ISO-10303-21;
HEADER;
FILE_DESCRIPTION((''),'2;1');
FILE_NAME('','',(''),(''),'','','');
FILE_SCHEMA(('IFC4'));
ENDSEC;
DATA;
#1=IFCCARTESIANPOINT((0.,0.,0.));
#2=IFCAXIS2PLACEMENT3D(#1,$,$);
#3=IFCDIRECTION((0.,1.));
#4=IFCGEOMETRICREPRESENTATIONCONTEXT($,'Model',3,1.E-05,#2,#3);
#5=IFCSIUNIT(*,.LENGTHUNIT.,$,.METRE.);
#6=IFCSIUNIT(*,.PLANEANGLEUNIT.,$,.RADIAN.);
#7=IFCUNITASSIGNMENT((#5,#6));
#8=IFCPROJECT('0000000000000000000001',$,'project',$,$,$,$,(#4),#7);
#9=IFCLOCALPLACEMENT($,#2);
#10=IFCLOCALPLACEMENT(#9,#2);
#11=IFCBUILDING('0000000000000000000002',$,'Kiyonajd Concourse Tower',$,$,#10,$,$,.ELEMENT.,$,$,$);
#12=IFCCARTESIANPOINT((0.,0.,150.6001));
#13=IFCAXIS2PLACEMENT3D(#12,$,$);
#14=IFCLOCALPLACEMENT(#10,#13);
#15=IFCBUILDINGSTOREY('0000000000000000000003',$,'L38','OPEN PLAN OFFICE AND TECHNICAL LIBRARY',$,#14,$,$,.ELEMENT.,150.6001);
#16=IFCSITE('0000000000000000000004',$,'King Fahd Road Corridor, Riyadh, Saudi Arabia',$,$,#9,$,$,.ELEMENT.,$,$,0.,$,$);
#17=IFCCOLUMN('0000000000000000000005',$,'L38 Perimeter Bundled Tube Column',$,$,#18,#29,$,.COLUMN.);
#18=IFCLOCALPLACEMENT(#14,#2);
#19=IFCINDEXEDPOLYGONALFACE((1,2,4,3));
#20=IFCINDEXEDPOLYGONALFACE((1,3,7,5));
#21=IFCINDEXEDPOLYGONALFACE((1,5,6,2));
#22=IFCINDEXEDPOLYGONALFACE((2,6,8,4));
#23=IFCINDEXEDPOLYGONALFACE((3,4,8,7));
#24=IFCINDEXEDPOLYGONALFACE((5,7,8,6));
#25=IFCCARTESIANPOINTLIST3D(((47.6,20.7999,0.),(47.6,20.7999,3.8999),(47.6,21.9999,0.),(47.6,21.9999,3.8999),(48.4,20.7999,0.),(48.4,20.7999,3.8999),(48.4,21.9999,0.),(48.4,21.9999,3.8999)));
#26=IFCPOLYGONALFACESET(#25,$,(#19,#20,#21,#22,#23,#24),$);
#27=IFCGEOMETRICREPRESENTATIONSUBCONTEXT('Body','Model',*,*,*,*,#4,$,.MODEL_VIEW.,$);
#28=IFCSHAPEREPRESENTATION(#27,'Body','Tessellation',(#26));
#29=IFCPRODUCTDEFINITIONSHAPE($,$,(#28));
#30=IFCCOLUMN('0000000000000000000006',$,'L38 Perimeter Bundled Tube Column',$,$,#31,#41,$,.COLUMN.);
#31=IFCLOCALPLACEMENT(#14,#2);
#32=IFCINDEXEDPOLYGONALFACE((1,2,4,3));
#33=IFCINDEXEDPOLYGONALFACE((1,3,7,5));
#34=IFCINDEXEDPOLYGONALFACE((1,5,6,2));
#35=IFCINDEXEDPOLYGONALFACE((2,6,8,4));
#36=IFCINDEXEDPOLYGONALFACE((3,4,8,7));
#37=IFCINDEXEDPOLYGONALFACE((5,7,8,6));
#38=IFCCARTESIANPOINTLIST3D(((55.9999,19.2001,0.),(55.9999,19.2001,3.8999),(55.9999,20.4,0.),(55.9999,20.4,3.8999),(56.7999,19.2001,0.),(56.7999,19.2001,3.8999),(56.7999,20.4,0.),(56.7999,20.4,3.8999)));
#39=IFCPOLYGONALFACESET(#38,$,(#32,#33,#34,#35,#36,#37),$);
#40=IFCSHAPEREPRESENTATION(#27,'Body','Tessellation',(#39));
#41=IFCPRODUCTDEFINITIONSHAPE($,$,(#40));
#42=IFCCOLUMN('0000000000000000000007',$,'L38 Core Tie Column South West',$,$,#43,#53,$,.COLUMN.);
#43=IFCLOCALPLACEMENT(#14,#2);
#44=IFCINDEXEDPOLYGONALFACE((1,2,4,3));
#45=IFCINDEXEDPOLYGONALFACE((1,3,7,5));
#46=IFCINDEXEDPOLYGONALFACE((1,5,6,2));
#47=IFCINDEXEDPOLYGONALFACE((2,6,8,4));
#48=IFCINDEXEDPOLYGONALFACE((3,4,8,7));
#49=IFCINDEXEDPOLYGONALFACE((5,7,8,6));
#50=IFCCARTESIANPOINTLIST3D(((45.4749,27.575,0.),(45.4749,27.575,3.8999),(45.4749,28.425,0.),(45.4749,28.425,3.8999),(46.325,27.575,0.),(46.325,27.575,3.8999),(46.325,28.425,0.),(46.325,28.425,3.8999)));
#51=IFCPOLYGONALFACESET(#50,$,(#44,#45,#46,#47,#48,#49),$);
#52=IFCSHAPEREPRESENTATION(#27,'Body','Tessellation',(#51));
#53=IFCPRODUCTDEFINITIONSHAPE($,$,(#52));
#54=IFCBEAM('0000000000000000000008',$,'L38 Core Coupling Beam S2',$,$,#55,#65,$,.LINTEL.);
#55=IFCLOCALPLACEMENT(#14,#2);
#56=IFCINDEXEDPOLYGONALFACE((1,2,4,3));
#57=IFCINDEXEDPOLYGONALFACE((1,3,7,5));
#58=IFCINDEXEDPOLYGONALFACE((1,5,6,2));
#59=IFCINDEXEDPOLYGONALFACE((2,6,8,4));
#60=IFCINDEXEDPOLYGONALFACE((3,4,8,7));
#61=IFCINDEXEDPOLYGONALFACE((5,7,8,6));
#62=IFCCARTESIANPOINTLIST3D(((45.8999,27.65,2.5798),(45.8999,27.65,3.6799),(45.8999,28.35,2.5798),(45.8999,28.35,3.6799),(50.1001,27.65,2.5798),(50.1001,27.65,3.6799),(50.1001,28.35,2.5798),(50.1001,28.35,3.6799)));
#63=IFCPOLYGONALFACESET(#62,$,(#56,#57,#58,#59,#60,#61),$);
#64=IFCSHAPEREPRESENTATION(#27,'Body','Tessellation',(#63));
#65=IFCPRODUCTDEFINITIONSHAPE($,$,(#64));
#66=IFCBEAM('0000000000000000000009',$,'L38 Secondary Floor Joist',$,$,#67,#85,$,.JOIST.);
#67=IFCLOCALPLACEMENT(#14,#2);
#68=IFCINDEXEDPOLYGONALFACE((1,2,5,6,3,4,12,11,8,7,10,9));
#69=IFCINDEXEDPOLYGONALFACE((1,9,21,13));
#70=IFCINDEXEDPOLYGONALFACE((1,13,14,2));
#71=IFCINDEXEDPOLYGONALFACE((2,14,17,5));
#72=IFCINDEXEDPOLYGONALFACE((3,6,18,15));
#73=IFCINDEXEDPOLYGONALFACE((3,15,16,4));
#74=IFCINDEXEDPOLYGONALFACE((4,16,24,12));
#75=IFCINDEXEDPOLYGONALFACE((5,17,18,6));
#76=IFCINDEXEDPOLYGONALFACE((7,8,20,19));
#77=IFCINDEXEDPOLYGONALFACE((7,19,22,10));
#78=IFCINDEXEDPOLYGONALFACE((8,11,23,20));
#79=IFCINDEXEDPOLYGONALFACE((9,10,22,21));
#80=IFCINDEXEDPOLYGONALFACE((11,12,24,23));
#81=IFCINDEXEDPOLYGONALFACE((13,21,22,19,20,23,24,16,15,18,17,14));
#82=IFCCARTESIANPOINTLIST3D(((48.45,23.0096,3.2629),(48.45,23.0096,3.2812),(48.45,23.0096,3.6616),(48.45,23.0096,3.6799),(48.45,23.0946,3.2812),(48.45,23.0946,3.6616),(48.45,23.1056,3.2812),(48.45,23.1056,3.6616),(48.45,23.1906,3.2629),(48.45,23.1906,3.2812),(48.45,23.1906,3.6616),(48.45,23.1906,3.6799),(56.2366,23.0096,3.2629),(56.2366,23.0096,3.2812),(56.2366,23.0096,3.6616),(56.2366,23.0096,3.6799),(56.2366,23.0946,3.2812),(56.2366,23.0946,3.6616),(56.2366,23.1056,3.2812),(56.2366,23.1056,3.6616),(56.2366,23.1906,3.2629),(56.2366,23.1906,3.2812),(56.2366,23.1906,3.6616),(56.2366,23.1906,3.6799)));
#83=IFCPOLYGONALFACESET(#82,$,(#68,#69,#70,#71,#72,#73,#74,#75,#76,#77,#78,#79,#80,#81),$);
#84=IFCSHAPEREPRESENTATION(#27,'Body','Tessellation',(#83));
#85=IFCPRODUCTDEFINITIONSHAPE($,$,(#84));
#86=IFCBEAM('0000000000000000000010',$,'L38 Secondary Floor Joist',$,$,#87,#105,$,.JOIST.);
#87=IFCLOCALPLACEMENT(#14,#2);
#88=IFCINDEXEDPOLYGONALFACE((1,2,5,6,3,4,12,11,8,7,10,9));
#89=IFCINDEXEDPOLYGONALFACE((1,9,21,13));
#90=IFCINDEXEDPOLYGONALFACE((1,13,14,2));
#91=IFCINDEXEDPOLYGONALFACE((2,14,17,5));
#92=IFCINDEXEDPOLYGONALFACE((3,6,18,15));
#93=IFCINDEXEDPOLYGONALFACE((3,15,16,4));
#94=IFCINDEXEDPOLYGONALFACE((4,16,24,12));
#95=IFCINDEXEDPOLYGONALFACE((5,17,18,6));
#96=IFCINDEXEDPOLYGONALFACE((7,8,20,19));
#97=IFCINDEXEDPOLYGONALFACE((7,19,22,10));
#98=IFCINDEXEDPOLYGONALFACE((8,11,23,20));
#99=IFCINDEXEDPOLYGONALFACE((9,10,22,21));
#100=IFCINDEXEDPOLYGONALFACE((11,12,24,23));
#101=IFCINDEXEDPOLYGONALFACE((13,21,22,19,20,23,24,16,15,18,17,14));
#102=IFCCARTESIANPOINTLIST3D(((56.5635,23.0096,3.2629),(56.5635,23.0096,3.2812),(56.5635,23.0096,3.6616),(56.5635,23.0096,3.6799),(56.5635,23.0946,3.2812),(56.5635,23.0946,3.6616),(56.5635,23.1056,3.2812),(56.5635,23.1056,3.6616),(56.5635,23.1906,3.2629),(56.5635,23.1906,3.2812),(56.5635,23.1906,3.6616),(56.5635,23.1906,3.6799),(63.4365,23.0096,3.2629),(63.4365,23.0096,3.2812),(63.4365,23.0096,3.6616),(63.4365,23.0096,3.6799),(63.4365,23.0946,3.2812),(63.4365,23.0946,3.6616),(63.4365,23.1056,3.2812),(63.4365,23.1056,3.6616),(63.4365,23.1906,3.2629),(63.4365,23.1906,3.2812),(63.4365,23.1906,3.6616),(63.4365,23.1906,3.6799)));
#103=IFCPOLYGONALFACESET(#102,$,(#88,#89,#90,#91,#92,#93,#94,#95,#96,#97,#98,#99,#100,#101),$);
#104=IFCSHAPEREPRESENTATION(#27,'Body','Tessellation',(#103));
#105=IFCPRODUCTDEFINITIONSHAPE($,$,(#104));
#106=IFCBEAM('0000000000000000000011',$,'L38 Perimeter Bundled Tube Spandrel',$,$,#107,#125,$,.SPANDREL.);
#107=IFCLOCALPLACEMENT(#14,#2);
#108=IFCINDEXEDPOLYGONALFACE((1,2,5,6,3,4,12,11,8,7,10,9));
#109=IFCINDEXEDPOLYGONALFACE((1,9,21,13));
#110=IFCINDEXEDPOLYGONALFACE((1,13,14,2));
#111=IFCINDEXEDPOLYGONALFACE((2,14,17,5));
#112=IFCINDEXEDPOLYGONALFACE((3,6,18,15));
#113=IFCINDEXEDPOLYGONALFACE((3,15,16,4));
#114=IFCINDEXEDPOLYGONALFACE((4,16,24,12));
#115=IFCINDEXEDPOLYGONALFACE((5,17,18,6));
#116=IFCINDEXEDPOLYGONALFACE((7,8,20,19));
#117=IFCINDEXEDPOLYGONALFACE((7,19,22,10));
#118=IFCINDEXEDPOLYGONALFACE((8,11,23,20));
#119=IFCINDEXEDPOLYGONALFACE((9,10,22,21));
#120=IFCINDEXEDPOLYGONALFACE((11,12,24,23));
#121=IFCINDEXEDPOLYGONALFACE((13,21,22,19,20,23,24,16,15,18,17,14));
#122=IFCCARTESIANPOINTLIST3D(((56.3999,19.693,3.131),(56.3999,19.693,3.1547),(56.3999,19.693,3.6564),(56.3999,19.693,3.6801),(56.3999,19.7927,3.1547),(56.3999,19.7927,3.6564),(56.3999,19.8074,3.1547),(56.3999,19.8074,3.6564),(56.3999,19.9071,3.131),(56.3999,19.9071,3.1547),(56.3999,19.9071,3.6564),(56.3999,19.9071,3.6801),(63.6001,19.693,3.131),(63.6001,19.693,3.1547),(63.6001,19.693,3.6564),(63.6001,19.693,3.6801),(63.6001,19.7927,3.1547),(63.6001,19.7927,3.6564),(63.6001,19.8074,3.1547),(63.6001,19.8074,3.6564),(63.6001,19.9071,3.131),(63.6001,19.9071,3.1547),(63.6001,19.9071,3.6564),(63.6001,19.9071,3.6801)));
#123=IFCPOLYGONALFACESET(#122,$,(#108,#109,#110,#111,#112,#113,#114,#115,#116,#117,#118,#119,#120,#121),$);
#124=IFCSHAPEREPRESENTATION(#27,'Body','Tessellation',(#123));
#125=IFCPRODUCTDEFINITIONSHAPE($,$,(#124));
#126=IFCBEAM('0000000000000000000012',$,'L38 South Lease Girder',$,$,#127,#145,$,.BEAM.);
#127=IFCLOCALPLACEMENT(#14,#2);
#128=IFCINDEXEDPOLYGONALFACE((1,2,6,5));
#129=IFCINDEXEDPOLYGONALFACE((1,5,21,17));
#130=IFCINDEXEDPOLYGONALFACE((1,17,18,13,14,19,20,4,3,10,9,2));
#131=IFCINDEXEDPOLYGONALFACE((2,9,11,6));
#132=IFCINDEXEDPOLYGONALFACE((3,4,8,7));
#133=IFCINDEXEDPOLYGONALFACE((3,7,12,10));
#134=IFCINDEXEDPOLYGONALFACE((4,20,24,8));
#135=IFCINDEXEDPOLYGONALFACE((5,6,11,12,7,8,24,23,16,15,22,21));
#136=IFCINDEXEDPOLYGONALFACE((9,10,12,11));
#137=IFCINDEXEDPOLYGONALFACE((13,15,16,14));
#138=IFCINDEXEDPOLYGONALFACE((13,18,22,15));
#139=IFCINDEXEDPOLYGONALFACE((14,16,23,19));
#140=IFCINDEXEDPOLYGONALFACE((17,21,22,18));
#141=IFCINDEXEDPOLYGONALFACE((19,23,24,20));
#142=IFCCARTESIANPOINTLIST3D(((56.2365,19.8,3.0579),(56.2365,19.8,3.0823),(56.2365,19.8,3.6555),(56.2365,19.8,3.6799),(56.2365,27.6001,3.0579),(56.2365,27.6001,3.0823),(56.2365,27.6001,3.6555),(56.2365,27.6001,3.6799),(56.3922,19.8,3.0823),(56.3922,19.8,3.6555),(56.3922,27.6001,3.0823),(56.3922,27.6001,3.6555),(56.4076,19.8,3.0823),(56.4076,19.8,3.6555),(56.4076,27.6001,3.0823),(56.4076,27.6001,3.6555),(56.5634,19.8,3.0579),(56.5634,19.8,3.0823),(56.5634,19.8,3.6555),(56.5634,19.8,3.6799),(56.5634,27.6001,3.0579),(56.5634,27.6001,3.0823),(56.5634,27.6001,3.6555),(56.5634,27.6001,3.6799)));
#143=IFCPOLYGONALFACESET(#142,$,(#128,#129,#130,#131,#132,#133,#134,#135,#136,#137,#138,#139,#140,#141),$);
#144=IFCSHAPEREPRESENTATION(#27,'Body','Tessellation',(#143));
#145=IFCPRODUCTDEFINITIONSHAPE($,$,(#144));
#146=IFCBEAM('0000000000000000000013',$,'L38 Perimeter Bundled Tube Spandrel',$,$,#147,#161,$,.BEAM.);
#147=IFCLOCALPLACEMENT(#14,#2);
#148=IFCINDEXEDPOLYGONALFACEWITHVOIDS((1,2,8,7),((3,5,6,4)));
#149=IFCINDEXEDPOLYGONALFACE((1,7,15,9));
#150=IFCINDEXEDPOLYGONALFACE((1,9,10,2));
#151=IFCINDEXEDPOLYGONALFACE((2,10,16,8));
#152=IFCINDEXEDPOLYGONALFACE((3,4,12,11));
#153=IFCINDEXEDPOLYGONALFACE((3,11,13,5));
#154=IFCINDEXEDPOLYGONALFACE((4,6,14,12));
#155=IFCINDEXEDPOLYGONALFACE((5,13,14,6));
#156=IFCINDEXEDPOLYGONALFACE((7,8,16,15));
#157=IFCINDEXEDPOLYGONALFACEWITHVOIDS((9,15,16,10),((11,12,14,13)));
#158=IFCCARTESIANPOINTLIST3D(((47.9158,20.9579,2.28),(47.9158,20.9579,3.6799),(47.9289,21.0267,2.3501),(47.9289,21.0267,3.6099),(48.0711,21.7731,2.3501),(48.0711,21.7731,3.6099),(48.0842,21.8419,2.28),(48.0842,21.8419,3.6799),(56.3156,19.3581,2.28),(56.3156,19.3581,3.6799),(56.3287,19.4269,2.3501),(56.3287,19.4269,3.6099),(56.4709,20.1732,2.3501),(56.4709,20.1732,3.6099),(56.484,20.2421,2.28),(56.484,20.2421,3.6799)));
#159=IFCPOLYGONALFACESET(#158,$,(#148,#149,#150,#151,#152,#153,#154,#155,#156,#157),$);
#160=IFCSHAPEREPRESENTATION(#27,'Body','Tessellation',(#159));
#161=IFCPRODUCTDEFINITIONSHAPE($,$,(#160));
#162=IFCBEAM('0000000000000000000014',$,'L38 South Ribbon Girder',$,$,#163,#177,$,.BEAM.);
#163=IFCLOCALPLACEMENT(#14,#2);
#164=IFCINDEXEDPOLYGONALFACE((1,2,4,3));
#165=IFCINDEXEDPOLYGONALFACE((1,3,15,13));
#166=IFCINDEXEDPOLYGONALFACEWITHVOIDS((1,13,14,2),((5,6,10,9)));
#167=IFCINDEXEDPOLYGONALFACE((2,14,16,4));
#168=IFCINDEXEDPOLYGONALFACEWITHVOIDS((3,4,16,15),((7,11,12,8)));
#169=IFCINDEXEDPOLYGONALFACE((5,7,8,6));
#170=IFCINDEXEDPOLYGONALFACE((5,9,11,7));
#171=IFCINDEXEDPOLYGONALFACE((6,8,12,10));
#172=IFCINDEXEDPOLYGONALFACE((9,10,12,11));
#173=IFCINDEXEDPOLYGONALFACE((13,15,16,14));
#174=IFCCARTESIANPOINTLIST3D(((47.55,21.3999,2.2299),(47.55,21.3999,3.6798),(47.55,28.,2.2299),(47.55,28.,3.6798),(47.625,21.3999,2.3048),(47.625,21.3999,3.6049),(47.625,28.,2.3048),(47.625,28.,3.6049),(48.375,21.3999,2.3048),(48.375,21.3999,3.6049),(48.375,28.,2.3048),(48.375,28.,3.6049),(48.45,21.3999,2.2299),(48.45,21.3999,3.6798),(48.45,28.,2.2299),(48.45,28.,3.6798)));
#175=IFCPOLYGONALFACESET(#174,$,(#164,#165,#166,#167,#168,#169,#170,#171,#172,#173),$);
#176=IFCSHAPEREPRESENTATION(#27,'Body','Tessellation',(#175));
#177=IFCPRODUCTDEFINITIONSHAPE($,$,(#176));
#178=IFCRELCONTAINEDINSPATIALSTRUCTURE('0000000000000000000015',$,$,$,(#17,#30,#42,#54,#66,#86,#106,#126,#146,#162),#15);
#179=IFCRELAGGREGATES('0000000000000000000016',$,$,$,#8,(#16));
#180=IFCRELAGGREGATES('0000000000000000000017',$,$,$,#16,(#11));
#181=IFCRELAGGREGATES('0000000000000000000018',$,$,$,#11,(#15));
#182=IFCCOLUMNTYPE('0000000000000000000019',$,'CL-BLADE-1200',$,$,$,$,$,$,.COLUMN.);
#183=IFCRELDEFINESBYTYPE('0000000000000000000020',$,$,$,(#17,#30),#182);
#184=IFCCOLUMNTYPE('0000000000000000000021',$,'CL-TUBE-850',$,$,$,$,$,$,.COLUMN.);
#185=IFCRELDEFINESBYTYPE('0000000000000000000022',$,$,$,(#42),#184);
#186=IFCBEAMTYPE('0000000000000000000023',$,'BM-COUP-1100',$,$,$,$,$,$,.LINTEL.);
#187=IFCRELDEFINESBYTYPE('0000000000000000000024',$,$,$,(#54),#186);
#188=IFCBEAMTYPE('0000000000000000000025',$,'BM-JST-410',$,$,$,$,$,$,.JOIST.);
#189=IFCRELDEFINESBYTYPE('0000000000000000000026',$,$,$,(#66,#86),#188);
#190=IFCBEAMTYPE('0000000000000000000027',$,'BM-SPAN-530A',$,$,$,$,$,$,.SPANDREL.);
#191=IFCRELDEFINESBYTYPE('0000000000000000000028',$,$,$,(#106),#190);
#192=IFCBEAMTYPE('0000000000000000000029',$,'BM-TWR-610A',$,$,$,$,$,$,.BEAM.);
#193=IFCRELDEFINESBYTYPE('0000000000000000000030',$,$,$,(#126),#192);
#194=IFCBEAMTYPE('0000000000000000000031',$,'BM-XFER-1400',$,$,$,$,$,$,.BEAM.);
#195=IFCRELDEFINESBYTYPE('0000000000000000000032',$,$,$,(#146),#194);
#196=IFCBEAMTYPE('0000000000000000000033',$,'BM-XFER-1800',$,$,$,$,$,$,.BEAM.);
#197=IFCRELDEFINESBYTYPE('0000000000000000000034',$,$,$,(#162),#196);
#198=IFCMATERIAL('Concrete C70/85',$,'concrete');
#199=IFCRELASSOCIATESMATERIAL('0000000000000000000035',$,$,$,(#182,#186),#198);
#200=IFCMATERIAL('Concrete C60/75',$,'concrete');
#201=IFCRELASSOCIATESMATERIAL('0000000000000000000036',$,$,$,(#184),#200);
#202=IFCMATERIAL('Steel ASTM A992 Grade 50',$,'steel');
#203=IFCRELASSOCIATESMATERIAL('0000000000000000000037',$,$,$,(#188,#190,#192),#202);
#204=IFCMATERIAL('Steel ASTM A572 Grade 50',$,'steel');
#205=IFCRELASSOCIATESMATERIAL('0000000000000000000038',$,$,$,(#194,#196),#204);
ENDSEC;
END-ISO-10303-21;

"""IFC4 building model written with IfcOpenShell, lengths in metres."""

from ifc_helpers import new_model, si_unit, direction, frame, origin, origin_2d, place, context, subcontext, project, spatial, rectangle, hollow_rectangle, i_section, extrude, material, material_profile, profile_set, type_object, element, save


model = new_model("IFC4")

# Units and contexts
model_context = context("Model", 3, precision=1e-05, world=origin(), true_north=direction((0.0, 1.0)))
body_context = subcontext(model_context, "Body", "Model", "MODEL_VIEW")
ifc_project = project(units=[si_unit("LENGTHUNIT", "METRE"), si_unit("PLANEANGLEUNIT", "RADIAN")], contexts=[model_context])

# Site, building, storey
site_placement = place(None, origin())
site = spatial("IfcSite", under=ifc_project, at=site_placement, Name="King Fahd Road Corridor, Riyadh, Saudi Arabia", CompositionType="ELEMENT", RefElevation=0.0)
building_placement = place(site_placement, origin())
building = spatial("IfcBuilding", under=site, at=building_placement, Name="Kiyonajd Concourse Tower", CompositionType="ELEMENT")
storey_placement = place(building_placement, frame((0.0, 0.0, 150.6001)))
storey = spatial("IfcBuildingStorey", under=building, at=storey_placement, Name="L38", Description="OPEN PLAN OFFICE AND TECHNICAL LIBRARY", CompositionType="ELEMENT", Elevation=150.6001)

# Columns
ifc_material_1 = material(Name="Concrete C70/85", Category="concrete")
ifc_material_profile_1 = material_profile(ifc_material_1, rectangle(XDim=0.8, YDim=1.2, at=origin_2d()), Name="RC-1200x800")
ifc_profile_set_1 = profile_set([ifc_material_profile_1], Name="Concrete C70/85")
column_type_1 = type_object("IfcColumnType", Name="CL-BLADE-1200", PredefinedType="COLUMN", material=ifc_profile_set_1)
for number, where, z_axis, x_axis, name in (
    (1, (48.0, 21.3999, 0.0), (0.0, 0.0, 1.0), (1.0, 0.0, 0.0), "L38 Perimeter Bundled Tube Column"),
    (2, (56.3999, 19.8, 0.0), (0.0, 0.0, 1.0), (1.0, 0.0, 0.0), "L38 Perimeter Bundled Tube Column"),
):
    element("IfcColumn", number, at=place(storey_placement, frame(where, z_axis=z_axis, x_axis=x_axis)), inside=storey, type_object=column_type_1, Name=name, PredefinedType="COLUMN", context=body_context, shape_type="SweptSolid", body=[
        extrude(rectangle(XDim=0.8, YDim=1.2, at=origin_2d()), origin(), (0.0, 0.0, 1.0), 3.8999),
    ])
ifc_material_2 = material(Name="Concrete C60/75", Category="concrete")
ifc_material_profile_2 = material_profile(ifc_material_2, rectangle(XDim=0.8501, YDim=0.8501, at=origin_2d()), Name="RC-850x850")
ifc_profile_set_2 = profile_set([ifc_material_profile_2], Name="Concrete C60/75")
column_type_2 = type_object("IfcColumnType", Name="CL-TUBE-850", PredefinedType="COLUMN", material=ifc_profile_set_2)
column_placement = place(storey_placement, frame((45.8999, 28.0, 0.0), z_axis=(0.0, 0.0, 1.0), x_axis=(1.0, 0.0, 0.0)))
element("IfcColumn", 3, at=column_placement, inside=storey, type_object=column_type_2, Name="L38 Core Tie Column South West", PredefinedType="COLUMN", context=body_context, shape_type="SweptSolid", body=[
    extrude(rectangle(XDim=0.8501, YDim=0.8501, at=origin_2d()), origin(), (0.0, 0.0, 1.0), 3.8999),
])

# Beams
ifc_material_profile_3 = material_profile(ifc_material_1, rectangle(XDim=0.7, YDim=1.1001, at=origin_2d()), Name="RCBM-700x1100")
ifc_profile_set_3 = profile_set([ifc_material_profile_3], Name="Concrete C70/85")
beam_type_1 = type_object("IfcBeamType", Name="BM-COUP-1100", PredefinedType="LINTEL", material=ifc_profile_set_3)
beam_1_placement = place(storey_placement, frame((45.8999, 28.0, 3.1299), z_axis=(1.0, 0.0, 0.0), x_axis=(0.0, 1.0, 0.0)))
element("IfcBeam", 4, at=beam_1_placement, inside=storey, type_object=beam_type_1, Name="L38 Core Coupling Beam S2", PredefinedType="LINTEL", context=body_context, shape_type="SweptSolid", body=[
    extrude(rectangle(XDim=0.7, YDim=1.1001, at=origin_2d()), origin(), (0.0, 0.0, 1.0), 4.2002),
])
ifc_material_3 = material(Name="Steel ASTM A992 Grade 50", Category="steel")
ifc_material_profile_4 = material_profile(ifc_material_3, i_section(OverallWidth=0.1809, OverallDepth=0.417, WebThickness=0.011, FlangeThickness=0.0183, at=origin_2d()), Name="W410X85")
ifc_profile_set_4 = profile_set([ifc_material_profile_4], Name="Steel ASTM A992 Grade 50")
beam_type_2 = type_object("IfcBeamType", Name="BM-JST-410", PredefinedType="JOIST", material=ifc_profile_set_4)
beam_2_placement = place(storey_placement, frame((48.45, 23.1001, 3.4714), z_axis=(1.0, 0.0, 0.0), x_axis=(0.0, 1.0, 0.0)))
element("IfcBeam", 5, at=beam_2_placement, inside=storey, type_object=beam_type_2, Name="L38 Secondary Floor Joist", PredefinedType="JOIST", context=body_context, shape_type="SweptSolid", body=[
    extrude(i_section(OverallWidth=0.1809, OverallDepth=0.417, WebThickness=0.011, FlangeThickness=0.0183, at=origin_2d()), origin(), (0.0, 0.0, 1.0), 7.7866),
])
beam_3_placement = place(storey_placement, frame((56.5635, 23.1001, 3.4714), z_axis=(1.0, 0.0, 0.0), x_axis=(0.0, 1.0, 0.0)))
element("IfcBeam", 6, at=beam_3_placement, inside=storey, type_object=beam_type_2, Name="L38 Secondary Floor Joist", PredefinedType="JOIST", context=body_context, shape_type="SweptSolid", body=[
    extrude(i_section(OverallWidth=0.1809, OverallDepth=0.417, WebThickness=0.011, FlangeThickness=0.0183, at=origin_2d()), origin(), (0.0, 0.0, 1.0), 6.873),
])
ifc_material_profile_5 = material_profile(ifc_material_3, i_section(OverallWidth=0.2141, OverallDepth=0.5491, WebThickness=0.0146, FlangeThickness=0.0237, at=origin_2d()), Name="W530X138")
ifc_profile_set_5 = profile_set([ifc_material_profile_5], Name="Steel ASTM A992 Grade 50")
beam_type_3 = type_object("IfcBeamType", Name="BM-SPAN-530A", PredefinedType="SPANDREL", material=ifc_profile_set_5)
beam_4_placement = place(storey_placement, frame((56.3999, 19.8, 3.4055), z_axis=(1.0, 0.0, 0.0), x_axis=(0.0, 1.0, 0.0)))
element("IfcBeam", 7, at=beam_4_placement, inside=storey, type_object=beam_type_3, Name="L38 Perimeter Bundled Tube Spandrel", PredefinedType="SPANDREL", context=body_context, shape_type="SweptSolid", body=[
    extrude(i_section(OverallWidth=0.2141, OverallDepth=0.5491, WebThickness=0.0146, FlangeThickness=0.0237, at=origin_2d()), origin(), (0.0, 0.0, 1.0), 7.2002),
])
ifc_material_profile_6 = material_profile(ifc_material_3, i_section(OverallWidth=0.3269, OverallDepth=0.6221, WebThickness=0.0154, FlangeThickness=0.0244, at=origin_2d()), Name="W610X195")
ifc_profile_set_6 = profile_set([ifc_material_profile_6], Name="Steel ASTM A992 Grade 50")
beam_type_4 = type_object("IfcBeamType", Name="BM-TWR-610A", PredefinedType="BEAM", material=ifc_profile_set_6)
beam_5_placement = place(storey_placement, frame((56.3999, 19.8, 3.3689), z_axis=(0.0, 1.0, 0.0), x_axis=(-1.0, 0.0, 0.0)))
element("IfcBeam", 8, at=beam_5_placement, inside=storey, type_object=beam_type_4, Name="L38 South Lease Girder", PredefinedType="BEAM", context=body_context, shape_type="SweptSolid", body=[
    extrude(i_section(OverallWidth=0.3269, OverallDepth=0.6221, WebThickness=0.0154, FlangeThickness=0.0244, at=origin_2d()), origin(), (0.0, 0.0, 1.0), 7.8),
])
ifc_material_4 = material(Name="Steel ASTM A572 Grade 50", Category="steel")
ifc_material_profile_7 = material_profile(ifc_material_4, hollow_rectangle(XDim=0.8999, YDim=1.3999, WallThickness=0.0701, at=origin_2d()), Name="BOX-1400x900x70")
ifc_profile_set_7 = profile_set([ifc_material_profile_7], Name="Steel ASTM A572 Grade 50")
beam_type_5 = type_object("IfcBeamType", Name="BM-XFER-1400", PredefinedType="BEAM", material=ifc_profile_set_7)
beam_6_placement = place(storey_placement, frame((48.0, 21.3999, 2.98), z_axis=(0.982341, -0.187098, 0.0), x_axis=(0.187098, 0.982341, 0.0)))
element("IfcBeam", 9, at=beam_6_placement, inside=storey, type_object=beam_type_5, Name="L38 Perimeter Bundled Tube Spandrel", PredefinedType="BEAM", context=body_context, shape_type="SweptSolid", body=[
    extrude(hollow_rectangle(XDim=0.8999, YDim=1.3999, WallThickness=0.0701, at=origin_2d()), origin(), (0.0, 0.0, 1.0), 8.5508),
])
ifc_material_profile_8 = material_profile(ifc_material_4, hollow_rectangle(XDim=0.8999, YDim=1.45, WallThickness=0.075, at=origin_2d()), Name="BOX-1450x900x75")
ifc_profile_set_8 = profile_set([ifc_material_profile_8], Name="Steel ASTM A572 Grade 50")
beam_type_6 = type_object("IfcBeamType", Name="BM-XFER-1800", PredefinedType="BEAM", material=ifc_profile_set_8)
beam_7_placement = place(storey_placement, frame((48.0, 21.3999, 2.9548), z_axis=(0.0, 1.0, 0.0), x_axis=(-1.0, 0.0, 0.0)))
element("IfcBeam", 10, at=beam_7_placement, inside=storey, type_object=beam_type_6, Name="L38 South Ribbon Girder", PredefinedType="BEAM", context=body_context, shape_type="SweptSolid", body=[
    extrude(hollow_rectangle(XDim=0.8999, YDim=1.45, WallThickness=0.075, at=origin_2d()), origin(), (0.0, 0.0, 1.0), 6.6001),
])

save(model, "model.ifc")
